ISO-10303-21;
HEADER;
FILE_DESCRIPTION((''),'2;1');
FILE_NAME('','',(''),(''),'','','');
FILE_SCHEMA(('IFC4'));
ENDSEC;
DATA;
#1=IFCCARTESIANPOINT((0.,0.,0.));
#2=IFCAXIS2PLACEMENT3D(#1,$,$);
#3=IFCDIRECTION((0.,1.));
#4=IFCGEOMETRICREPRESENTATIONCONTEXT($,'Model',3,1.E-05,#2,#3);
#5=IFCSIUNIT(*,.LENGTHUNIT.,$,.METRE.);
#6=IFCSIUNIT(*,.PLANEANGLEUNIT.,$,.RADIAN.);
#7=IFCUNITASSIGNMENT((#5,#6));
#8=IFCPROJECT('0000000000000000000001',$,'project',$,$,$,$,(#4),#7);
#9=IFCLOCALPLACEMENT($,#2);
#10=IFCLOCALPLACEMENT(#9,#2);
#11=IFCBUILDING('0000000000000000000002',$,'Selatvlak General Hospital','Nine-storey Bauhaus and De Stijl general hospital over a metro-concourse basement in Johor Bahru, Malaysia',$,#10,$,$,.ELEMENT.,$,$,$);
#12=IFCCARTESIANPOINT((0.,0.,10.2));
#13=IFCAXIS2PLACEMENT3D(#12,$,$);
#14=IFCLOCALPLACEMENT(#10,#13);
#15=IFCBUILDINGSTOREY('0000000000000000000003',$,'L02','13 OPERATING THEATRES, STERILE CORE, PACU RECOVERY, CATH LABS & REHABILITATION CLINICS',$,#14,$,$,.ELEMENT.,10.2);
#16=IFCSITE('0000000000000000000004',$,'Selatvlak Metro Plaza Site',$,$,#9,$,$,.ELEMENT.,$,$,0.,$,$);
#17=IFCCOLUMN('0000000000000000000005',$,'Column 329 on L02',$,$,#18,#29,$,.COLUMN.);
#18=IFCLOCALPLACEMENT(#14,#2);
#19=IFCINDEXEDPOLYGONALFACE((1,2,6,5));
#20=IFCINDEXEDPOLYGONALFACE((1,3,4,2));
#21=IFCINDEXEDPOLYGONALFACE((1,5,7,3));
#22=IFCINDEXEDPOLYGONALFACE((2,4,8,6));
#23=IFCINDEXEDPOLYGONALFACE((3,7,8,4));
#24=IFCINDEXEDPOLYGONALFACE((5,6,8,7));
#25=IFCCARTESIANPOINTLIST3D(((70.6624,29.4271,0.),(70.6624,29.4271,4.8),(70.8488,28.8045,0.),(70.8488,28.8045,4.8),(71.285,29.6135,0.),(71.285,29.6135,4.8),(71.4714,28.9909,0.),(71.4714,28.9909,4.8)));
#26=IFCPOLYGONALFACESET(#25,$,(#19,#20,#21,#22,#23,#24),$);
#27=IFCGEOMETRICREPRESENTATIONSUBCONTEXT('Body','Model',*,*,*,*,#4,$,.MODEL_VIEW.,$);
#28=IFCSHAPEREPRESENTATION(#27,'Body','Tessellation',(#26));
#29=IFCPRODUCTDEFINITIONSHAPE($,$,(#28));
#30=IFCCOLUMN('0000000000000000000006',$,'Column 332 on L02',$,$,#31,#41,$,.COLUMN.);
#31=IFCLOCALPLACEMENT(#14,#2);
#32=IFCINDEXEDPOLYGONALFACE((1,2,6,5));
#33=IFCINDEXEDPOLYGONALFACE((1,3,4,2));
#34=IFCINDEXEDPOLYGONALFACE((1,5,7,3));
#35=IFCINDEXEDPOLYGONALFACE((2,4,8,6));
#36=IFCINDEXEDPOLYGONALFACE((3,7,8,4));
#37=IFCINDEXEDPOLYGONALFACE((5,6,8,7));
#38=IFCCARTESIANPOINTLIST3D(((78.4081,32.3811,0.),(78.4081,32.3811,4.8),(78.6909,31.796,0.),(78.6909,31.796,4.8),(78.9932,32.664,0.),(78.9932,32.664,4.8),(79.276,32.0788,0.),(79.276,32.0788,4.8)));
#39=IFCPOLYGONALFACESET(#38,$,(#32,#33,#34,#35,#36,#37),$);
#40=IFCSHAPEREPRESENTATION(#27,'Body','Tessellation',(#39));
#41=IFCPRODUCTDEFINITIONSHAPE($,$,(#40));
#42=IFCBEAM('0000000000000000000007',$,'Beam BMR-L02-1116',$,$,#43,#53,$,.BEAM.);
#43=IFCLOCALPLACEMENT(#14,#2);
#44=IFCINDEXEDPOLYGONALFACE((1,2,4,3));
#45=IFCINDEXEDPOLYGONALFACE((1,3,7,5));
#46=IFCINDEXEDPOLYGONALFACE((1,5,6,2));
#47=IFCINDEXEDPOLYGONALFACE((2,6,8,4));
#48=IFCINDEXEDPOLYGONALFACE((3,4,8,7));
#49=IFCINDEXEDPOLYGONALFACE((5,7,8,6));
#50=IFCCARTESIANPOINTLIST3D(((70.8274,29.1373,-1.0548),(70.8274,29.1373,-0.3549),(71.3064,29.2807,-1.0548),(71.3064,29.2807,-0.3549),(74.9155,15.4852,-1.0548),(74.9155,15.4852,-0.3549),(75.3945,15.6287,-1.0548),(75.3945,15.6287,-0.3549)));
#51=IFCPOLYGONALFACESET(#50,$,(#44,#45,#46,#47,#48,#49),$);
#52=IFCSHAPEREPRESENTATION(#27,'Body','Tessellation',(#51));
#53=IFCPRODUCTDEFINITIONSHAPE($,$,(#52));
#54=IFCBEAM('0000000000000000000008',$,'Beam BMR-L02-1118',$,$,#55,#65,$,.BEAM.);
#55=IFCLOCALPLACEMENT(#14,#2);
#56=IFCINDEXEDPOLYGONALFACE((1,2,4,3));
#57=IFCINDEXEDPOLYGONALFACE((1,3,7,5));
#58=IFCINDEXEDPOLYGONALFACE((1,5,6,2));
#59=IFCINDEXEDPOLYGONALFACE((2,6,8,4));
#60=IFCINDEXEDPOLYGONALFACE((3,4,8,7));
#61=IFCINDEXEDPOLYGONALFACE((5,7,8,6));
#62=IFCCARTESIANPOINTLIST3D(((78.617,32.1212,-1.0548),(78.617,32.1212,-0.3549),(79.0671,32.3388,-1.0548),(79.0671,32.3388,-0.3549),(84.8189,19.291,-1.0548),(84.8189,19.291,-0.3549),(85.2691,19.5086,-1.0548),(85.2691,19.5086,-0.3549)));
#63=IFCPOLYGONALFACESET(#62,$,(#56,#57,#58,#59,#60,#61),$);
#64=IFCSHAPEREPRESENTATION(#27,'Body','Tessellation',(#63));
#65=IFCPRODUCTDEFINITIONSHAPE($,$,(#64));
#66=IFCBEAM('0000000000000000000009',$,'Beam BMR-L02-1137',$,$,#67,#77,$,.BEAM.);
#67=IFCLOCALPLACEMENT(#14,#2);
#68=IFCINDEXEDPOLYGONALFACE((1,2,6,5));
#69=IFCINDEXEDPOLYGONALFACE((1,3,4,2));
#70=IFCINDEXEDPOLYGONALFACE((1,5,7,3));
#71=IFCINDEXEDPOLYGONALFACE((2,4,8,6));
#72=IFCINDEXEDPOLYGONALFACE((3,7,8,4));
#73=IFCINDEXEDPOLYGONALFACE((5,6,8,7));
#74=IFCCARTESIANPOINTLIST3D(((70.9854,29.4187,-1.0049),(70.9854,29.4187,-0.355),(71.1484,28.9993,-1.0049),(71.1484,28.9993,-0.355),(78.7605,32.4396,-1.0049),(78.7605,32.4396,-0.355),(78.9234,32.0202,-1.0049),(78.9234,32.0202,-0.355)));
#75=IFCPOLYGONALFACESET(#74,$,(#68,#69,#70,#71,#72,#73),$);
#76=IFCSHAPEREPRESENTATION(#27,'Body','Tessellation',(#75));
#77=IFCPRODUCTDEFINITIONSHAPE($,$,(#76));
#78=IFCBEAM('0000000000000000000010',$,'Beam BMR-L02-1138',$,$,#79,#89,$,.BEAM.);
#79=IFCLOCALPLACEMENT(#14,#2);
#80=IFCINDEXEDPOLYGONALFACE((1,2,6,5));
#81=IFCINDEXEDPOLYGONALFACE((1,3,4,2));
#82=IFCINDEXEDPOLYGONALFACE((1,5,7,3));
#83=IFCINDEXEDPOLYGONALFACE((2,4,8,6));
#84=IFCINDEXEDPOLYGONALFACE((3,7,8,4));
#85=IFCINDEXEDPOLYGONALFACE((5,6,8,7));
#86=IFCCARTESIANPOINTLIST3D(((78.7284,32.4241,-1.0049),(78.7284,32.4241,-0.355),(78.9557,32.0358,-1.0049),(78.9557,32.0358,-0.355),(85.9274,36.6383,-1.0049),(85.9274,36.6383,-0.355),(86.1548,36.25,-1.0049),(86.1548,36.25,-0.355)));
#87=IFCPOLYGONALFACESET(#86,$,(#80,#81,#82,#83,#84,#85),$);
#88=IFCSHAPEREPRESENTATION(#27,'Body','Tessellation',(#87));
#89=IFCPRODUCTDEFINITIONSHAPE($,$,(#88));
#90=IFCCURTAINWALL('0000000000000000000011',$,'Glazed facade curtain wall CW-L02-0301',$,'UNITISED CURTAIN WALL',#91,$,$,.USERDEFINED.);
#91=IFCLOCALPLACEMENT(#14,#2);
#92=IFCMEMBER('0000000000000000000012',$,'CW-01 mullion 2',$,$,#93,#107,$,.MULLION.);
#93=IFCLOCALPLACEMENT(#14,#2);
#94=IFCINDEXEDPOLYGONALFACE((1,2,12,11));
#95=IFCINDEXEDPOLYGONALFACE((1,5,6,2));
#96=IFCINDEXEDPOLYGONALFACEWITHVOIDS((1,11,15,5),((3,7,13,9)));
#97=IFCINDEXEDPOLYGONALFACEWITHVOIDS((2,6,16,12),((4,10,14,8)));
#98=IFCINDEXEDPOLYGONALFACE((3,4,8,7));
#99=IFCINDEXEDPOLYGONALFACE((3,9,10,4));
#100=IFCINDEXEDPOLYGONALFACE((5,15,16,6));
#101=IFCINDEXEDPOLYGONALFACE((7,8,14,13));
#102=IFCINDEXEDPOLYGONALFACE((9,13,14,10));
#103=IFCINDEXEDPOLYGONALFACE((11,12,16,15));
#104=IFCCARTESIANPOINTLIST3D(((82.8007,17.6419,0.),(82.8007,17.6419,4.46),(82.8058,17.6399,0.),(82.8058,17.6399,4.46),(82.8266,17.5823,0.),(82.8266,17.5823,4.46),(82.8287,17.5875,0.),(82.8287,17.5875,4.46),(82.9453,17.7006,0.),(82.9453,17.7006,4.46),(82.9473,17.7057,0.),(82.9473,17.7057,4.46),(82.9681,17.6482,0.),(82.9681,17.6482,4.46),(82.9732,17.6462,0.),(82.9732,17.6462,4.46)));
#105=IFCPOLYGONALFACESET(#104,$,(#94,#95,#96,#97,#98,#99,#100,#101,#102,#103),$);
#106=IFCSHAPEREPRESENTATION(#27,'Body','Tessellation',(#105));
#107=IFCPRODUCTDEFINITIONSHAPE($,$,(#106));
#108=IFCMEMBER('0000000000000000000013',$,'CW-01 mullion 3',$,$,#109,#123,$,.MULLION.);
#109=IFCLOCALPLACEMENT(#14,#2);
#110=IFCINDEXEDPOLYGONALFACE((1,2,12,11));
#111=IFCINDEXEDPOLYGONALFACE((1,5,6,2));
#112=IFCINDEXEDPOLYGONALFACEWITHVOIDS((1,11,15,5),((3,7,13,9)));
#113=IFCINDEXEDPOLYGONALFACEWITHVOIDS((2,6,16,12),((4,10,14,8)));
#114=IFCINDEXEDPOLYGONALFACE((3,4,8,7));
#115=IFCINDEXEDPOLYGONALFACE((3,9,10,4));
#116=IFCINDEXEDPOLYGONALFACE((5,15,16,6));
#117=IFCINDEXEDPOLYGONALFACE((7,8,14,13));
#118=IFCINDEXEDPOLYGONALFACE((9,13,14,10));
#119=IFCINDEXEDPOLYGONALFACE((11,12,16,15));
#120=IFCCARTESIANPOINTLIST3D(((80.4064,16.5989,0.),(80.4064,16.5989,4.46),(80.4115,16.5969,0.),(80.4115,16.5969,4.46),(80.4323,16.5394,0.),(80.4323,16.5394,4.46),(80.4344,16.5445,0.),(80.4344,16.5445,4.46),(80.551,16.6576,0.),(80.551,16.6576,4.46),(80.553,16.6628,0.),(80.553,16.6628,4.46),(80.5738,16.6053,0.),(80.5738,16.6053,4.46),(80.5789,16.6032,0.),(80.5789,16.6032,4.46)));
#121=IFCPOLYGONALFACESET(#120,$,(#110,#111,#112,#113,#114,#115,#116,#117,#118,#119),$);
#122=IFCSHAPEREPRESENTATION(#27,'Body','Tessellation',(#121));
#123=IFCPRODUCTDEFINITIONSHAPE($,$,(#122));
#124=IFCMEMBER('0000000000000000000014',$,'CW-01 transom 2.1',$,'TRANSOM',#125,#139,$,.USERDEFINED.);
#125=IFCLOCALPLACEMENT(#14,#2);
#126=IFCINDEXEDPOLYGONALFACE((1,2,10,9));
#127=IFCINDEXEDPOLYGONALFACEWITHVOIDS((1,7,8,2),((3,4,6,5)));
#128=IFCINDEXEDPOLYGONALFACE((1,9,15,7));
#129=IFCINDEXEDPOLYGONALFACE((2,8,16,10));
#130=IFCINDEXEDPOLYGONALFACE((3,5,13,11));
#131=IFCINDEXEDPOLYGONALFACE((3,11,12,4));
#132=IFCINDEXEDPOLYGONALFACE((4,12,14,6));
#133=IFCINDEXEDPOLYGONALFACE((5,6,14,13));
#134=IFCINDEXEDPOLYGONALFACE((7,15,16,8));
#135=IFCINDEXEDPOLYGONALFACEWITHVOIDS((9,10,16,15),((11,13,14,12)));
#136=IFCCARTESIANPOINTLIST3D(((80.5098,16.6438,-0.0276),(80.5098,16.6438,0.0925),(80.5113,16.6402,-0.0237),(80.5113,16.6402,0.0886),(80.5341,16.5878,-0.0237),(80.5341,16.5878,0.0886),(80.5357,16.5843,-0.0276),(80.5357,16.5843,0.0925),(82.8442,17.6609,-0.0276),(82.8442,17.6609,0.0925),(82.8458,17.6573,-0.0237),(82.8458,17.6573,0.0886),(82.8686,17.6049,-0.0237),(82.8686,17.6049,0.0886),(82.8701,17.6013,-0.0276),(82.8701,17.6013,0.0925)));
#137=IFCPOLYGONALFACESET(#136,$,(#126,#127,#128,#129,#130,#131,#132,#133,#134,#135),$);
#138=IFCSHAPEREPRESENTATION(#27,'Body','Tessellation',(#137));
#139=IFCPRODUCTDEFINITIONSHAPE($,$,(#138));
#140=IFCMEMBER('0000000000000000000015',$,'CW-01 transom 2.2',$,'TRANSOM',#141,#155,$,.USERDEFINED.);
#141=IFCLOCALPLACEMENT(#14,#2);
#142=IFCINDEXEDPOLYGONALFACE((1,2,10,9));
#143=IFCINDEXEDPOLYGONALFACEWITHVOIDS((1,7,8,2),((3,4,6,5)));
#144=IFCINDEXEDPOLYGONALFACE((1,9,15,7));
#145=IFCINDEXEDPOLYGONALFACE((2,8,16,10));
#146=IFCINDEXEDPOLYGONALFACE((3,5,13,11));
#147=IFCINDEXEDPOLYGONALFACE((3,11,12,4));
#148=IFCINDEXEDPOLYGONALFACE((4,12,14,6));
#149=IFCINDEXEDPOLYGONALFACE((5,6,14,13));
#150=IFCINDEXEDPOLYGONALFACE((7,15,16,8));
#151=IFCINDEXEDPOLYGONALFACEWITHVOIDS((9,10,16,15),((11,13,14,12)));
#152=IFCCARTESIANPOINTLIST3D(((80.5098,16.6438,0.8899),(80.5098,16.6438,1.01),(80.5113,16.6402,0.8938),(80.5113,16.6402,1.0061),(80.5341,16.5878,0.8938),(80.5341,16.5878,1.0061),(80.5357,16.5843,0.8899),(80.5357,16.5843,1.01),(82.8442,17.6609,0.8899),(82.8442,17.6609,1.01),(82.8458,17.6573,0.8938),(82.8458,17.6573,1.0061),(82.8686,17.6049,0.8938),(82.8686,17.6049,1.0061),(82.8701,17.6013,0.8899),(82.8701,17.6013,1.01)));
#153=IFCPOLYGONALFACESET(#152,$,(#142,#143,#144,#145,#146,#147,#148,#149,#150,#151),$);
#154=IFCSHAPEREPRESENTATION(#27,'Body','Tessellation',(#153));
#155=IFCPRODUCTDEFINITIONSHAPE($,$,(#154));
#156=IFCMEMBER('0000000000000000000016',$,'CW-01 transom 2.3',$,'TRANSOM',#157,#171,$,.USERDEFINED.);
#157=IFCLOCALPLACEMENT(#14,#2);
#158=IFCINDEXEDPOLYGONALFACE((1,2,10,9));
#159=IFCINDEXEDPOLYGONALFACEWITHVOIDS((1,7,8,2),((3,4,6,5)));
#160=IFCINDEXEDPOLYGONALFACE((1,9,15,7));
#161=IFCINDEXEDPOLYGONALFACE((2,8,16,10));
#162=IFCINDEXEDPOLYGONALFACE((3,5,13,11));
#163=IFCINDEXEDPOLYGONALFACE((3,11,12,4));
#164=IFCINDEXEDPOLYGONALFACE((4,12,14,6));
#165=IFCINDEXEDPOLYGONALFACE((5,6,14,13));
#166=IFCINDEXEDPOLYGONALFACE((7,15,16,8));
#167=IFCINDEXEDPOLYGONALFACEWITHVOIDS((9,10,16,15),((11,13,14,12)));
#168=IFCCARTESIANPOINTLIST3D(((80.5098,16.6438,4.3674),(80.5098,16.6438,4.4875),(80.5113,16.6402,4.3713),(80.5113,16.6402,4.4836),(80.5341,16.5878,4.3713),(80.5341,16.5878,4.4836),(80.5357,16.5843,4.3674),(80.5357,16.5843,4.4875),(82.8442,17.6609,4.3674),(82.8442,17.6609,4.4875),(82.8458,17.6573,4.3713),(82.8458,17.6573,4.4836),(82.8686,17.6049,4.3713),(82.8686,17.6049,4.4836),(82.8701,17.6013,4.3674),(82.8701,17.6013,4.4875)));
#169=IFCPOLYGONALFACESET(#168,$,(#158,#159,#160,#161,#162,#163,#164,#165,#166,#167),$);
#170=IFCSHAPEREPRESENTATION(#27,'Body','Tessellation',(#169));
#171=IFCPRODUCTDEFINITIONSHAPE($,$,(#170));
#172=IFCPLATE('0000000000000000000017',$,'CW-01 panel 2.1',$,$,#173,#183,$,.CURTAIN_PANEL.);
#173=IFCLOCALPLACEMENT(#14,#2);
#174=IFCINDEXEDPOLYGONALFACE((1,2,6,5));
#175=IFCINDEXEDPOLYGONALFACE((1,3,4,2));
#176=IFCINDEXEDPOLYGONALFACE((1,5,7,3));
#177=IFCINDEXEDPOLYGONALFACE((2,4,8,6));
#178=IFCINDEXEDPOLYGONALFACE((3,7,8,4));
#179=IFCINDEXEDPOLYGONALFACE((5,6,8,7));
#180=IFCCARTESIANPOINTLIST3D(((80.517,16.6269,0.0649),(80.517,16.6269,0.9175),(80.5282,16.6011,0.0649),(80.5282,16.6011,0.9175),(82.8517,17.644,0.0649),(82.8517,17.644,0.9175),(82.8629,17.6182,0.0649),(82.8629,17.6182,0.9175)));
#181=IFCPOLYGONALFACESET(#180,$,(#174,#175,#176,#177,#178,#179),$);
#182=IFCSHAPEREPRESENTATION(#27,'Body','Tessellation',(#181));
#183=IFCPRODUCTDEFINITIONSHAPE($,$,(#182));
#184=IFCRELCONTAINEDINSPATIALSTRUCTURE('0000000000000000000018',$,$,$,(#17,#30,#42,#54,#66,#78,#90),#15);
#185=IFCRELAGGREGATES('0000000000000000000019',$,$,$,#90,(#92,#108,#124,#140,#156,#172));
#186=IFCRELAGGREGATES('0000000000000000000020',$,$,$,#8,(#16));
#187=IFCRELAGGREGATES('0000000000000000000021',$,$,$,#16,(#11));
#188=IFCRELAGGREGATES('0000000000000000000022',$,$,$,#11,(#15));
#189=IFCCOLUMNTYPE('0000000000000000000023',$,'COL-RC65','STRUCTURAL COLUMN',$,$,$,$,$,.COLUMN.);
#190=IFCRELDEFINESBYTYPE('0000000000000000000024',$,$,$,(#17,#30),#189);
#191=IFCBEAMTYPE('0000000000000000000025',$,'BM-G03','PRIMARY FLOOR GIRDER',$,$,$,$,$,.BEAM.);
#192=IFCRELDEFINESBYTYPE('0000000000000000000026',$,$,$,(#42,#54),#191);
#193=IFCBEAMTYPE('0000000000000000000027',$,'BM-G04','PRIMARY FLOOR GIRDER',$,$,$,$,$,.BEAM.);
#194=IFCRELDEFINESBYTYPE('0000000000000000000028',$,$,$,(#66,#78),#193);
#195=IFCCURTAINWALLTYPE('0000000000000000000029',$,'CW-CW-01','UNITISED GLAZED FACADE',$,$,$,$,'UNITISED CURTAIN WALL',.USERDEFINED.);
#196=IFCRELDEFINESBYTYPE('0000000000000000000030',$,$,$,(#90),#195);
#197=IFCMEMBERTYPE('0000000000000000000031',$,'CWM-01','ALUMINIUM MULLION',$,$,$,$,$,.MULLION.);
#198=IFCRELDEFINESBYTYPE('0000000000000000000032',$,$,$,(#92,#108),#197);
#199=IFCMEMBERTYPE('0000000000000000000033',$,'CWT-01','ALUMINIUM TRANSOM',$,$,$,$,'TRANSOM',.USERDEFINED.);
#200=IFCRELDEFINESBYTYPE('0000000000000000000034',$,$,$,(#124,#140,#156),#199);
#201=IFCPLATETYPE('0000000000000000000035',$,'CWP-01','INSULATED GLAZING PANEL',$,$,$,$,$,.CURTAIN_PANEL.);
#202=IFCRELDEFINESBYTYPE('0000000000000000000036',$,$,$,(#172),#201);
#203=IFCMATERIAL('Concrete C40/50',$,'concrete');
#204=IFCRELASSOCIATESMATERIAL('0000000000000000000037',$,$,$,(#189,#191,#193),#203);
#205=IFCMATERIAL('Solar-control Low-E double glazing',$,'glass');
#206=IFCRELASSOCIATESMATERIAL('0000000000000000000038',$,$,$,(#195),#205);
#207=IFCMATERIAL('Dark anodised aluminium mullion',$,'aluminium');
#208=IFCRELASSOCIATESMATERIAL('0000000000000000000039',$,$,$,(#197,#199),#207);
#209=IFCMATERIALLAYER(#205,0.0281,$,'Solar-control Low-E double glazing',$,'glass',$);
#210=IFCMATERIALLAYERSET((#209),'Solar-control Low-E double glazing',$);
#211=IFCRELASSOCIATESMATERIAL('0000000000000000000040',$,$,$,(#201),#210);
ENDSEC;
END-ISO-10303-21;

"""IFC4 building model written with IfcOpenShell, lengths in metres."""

from ifc_helpers import new_model, si_unit, direction, frame, origin, origin_2d, place, context, subcontext, project, spatial, rectangle, hollow_rectangle, extrude, material, layer, layer_set, material_profile, profile_set, type_object, element, aggregate, save


model = new_model("IFC4")

# Units and contexts
model_context = context("Model", 3, precision=1e-05, world=origin(), true_north=direction((0.0, 1.0)))
body_context = subcontext(model_context, "Body", "Model", "MODEL_VIEW")
ifc_project = project(units=[si_unit("LENGTHUNIT", "METRE"), si_unit("PLANEANGLEUNIT", "RADIAN")], contexts=[model_context])

# Site, building, storey
site_placement = place(None, origin())
site = spatial("IfcSite", under=ifc_project, at=site_placement, Name="Selatvlak Metro Plaza Site", CompositionType="ELEMENT", RefElevation=0.0)
building_placement = place(site_placement, origin())
building = spatial("IfcBuilding", under=site, at=building_placement, Name="Selatvlak General Hospital", Description="Nine-storey Bauhaus and De Stijl general hospital over a metro-concourse basement in Johor Bahru, Malaysia", CompositionType="ELEMENT")
storey_placement = place(building_placement, frame((0.0, 0.0, 10.2)))
storey = spatial("IfcBuildingStorey", under=building, at=storey_placement, Name="L02", Description="13 OPERATING THEATRES, STERILE CORE, PACU RECOVERY, CATH LABS & REHABILITATION CLINICS", CompositionType="ELEMENT", Elevation=10.2)

# Columns
ifc_material_1 = material(Name="Concrete C40/50", Category="concrete")
ifc_material_profile_1 = material_profile(ifc_material_1, rectangle(XDim=0.6499, YDim=0.6499, at=origin_2d()), Name="RC-COL 650x650")
ifc_profile_set_1 = profile_set([ifc_material_profile_1], Name="Concrete C40/50")
column_type = type_object("IfcColumnType", Name="COL-RC65", Description="STRUCTURAL COLUMN", PredefinedType="COLUMN", material=ifc_profile_set_1)
for number, where, z_axis, x_axis, name in (
    (1, (71.0669, 29.209, 0.0), (0.0, 0.0, 1.0), (-0.286859, 0.957973, 0.0), "Column 329 on L02"),
    (2, (78.842, 32.23, 0.0), (0.0, 0.0, 1.0), (-0.4352, 0.900334, 0.0), "Column 332 on L02"),
):
    element("IfcColumn", number, at=place(storey_placement, frame(where, z_axis=z_axis, x_axis=x_axis)), inside=storey, type_object=column_type, Name=name, PredefinedType="COLUMN", context=body_context, shape_type="SweptSolid", body=[
        extrude(rectangle(XDim=0.6499, YDim=0.6499, at=origin_2d()), origin(), (0.0, 0.0, 1.0), 4.8),
    ])

# Beams
ifc_material_profile_2 = material_profile(ifc_material_1, rectangle(XDim=0.5, YDim=0.7, at=origin_2d()), Name="RC-BM 500x700")
ifc_profile_set_2 = profile_set([ifc_material_profile_2], Name="Concrete C40/50")
beam_type_1 = type_object("IfcBeamType", Name="BM-G03", Description="PRIMARY FLOOR GIRDER", PredefinedType="BEAM", material=ifc_profile_set_2)
beam_1_placement = place(storey_placement, frame((71.0669, 29.209, -0.7048), z_axis=(0.286865, -0.957971, 0.0), x_axis=(0.957971, 0.286865, 0.0)))
element("IfcBeam", 3, at=beam_1_placement, inside=storey, type_object=beam_type_1, Name="Beam BMR-L02-1116", PredefinedType="BEAM", context=body_context, shape_type="SweptSolid", body=[
    extrude(rectangle(XDim=0.5, YDim=0.7, at=origin_2d()), origin(), (0.0, 0.0, 1.0), 14.251),
])
beam_2_placement = place(storey_placement, frame((78.842, 32.23, -0.7048), z_axis=(0.435208, -0.90033, 0.0), x_axis=(0.90033, 0.435208, 0.0)))
element("IfcBeam", 4, at=beam_2_placement, inside=storey, type_object=beam_type_1, Name="Beam BMR-L02-1118", PredefinedType="BEAM", context=body_context, shape_type="SweptSolid", body=[
    extrude(rectangle(XDim=0.5, YDim=0.7, at=origin_2d()), origin(), (0.0, 0.0, 1.0), 14.2505),
])
ifc_material_profile_3 = material_profile(ifc_material_1, rectangle(XDim=0.45, YDim=0.6499, at=origin_2d()), Name="RC-BM 450x650")
ifc_profile_set_3 = profile_set([ifc_material_profile_3], Name="Concrete C40/50")
beam_type_2 = type_object("IfcBeamType", Name="BM-G04", Description="PRIMARY FLOOR GIRDER", PredefinedType="BEAM", material=ifc_profile_set_3)
beam_3_placement = place(storey_placement, frame((71.0669, 29.209, -0.6799), z_axis=(0.932113, 0.362168, 0.0), x_axis=(-0.362168, 0.932113, 0.0)))
element("IfcBeam", 5, at=beam_3_placement, inside=storey, type_object=beam_type_2, Name="Beam BMR-L02-1137", PredefinedType="BEAM", context=body_context, shape_type="SweptSolid", body=[
    extrude(rectangle(XDim=0.45, YDim=0.6499, at=origin_2d()), origin(), (0.0, 0.0, 1.0), 8.3413),
])
beam_4_placement = place(storey_placement, frame((78.842, 32.23, -0.6799), z_axis=(0.86301, 0.505186, 0.0), x_axis=(-0.505186, 0.86301, 0.0)))
element("IfcBeam", 6, at=beam_4_placement, inside=storey, type_object=beam_type_2, Name="Beam BMR-L02-1138", PredefinedType="BEAM", context=body_context, shape_type="SweptSolid", body=[
    extrude(rectangle(XDim=0.45, YDim=0.6499, at=origin_2d()), origin(), (0.0, 0.0, 1.0), 8.3418),
])

# Curtain wall, members, plate
ifc_material_2 = material(Name="Solar-control Low-E double glazing", Category="glass")
curtain_wall_type = type_object("IfcCurtainWallType", Name="CW-CW-01", Description="UNITISED GLAZED FACADE", ElementType="UNITISED CURTAIN WALL", PredefinedType="USERDEFINED", material=ifc_material_2)
curtain_wall_placement = place(storey_placement, origin())
curtain_wall = element("IfcCurtainWall", 7, at=curtain_wall_placement, inside=storey, type_object=curtain_wall_type, Name="Glazed facade curtain wall CW-L02-0301", ObjectType="UNITISED CURTAIN WALL", PredefinedType="USERDEFINED")
ifc_material_3 = material(Name="Dark anodised aluminium mullion", Category="aluminium")
ifc_material_profile_4 = material_profile(ifc_material_3, hollow_rectangle(XDim=0.0649, YDim=0.1599, WallThickness=0.0039, at=origin_2d()), Name="AL-MUL 65x160x4")
ifc_profile_set_4 = profile_set([ifc_material_profile_4], Name="Dark anodised aluminium mullion")
member_type_1 = type_object("IfcMemberType", Name="CWM-01", Description="ALUMINIUM MULLION", PredefinedType="MULLION", material=ifc_profile_set_4)
member_1_placement = place(storey_placement, frame((82.887, 17.644, 0.0), z_axis=(0.0, 0.0, 1.0), x_axis=(0.39939, -0.916781, 0.0)))
member_1 = element("IfcMember", 8, at=member_1_placement, type_object=member_type_1, Name="CW-01 mullion 2", PredefinedType="MULLION", context=body_context, shape_type="SweptSolid", body=[
    extrude(hollow_rectangle(XDim=0.0649, YDim=0.1599, WallThickness=0.0039, at=origin_2d()), origin(), (0.0, 0.0, 1.0), 4.46),
])
member_2_placement = place(storey_placement, frame((80.4927, 16.6011, 0.0), z_axis=(0.0, 0.0, 1.0), x_axis=(0.39939, -0.916781, 0.0)))
member_2 = element("IfcMember", 9, at=member_2_placement, type_object=member_type_1, Name="CW-01 mullion 3", PredefinedType="MULLION", context=body_context, shape_type="SweptSolid", body=[
    extrude(hollow_rectangle(XDim=0.0649, YDim=0.1599, WallThickness=0.0039, at=origin_2d()), origin(), (0.0, 0.0, 1.0), 4.46),
])
ifc_material_profile_5 = material_profile(ifc_material_3, hollow_rectangle(XDim=0.0649, YDim=0.1201, WallThickness=0.0039, at=origin_2d()), Name="AL-TRN 65x120x4")
ifc_profile_set_5 = profile_set([ifc_material_profile_5], Name="Dark anodised aluminium mullion")
member_type_2 = type_object("IfcMemberType", Name="CWT-01", Description="ALUMINIUM TRANSOM", ElementType="TRANSOM", PredefinedType="USERDEFINED", material=ifc_profile_set_5)
member_3_placement = place(storey_placement, frame((82.8572, 17.6311, 0.0325), z_axis=(-0.916768, -0.39942, 0.0), x_axis=(0.39942, -0.916768, 0.0)))
member_3 = element("IfcMember", 10, at=member_3_placement, type_object=member_type_2, Name="CW-01 transom 2.1", ObjectType="TRANSOM", PredefinedType="USERDEFINED", context=body_context, shape_type="SweptSolid", body=[
    extrude(hollow_rectangle(XDim=0.0649, YDim=0.1201, WallThickness=0.0039, at=origin_2d()), origin(), (0.0, 0.0, 1.0), 2.5464),
])
member_4_placement = place(storey_placement, frame((82.8572, 17.6311, 0.95), z_axis=(-0.916768, -0.39942, 0.0), x_axis=(0.39942, -0.916768, 0.0)))
member_4 = element("IfcMember", 11, at=member_4_placement, type_object=member_type_2, Name="CW-01 transom 2.2", ObjectType="TRANSOM", PredefinedType="USERDEFINED", context=body_context, shape_type="SweptSolid", body=[
    extrude(hollow_rectangle(XDim=0.0649, YDim=0.1201, WallThickness=0.0039, at=origin_2d()), origin(), (0.0, 0.0, 1.0), 2.5464),
])
member_5_placement = place(storey_placement, frame((82.8572, 17.6311, 4.4275), z_axis=(-0.916768, -0.39942, 0.0), x_axis=(0.39942, -0.916768, 0.0)))
member_5 = element("IfcMember", 12, at=member_5_placement, type_object=member_type_2, Name="CW-01 transom 2.3", ObjectType="TRANSOM", PredefinedType="USERDEFINED", context=body_context, shape_type="SweptSolid", body=[
    extrude(hollow_rectangle(XDim=0.0649, YDim=0.1201, WallThickness=0.0039, at=origin_2d()), origin(), (0.0, 0.0, 1.0), 2.5464),
])
ifc_layer_1 = layer(ifc_material_2, 0.0281, Name="Solar-control Low-E double glazing", Category="glass")
ifc_layer_set_1 = layer_set([ifc_layer_1], Name="Solar-control Low-E double glazing")
plate_type = type_object("IfcPlateType", Name="CWP-01", Description="INSULATED GLAZING PANEL", PredefinedType="CURTAIN_PANEL", material=ifc_layer_set_1)
plate_1_placement = place(storey_placement, frame((81.6899, 17.1226, 0.0649), z_axis=(0.0, 0.0, 1.0), x_axis=(-0.916781, -0.39939, 0.0)))
plate_1 = element("IfcPlate", 13, at=plate_1_placement, type_object=plate_type, Name="CW-01 panel 2.1", PredefinedType="CURTAIN_PANEL", context=body_context, shape_type="SweptSolid", body=[
    extrude(rectangle(XDim=2.5466, YDim=0.0281, at=origin_2d()), origin(), (0.0, 0.0, 1.0), 0.8525),
])
aggregate(curtain_wall, [member_1, member_2, member_3, member_4, member_5, plate_1])

save(model, "model.ifc")
